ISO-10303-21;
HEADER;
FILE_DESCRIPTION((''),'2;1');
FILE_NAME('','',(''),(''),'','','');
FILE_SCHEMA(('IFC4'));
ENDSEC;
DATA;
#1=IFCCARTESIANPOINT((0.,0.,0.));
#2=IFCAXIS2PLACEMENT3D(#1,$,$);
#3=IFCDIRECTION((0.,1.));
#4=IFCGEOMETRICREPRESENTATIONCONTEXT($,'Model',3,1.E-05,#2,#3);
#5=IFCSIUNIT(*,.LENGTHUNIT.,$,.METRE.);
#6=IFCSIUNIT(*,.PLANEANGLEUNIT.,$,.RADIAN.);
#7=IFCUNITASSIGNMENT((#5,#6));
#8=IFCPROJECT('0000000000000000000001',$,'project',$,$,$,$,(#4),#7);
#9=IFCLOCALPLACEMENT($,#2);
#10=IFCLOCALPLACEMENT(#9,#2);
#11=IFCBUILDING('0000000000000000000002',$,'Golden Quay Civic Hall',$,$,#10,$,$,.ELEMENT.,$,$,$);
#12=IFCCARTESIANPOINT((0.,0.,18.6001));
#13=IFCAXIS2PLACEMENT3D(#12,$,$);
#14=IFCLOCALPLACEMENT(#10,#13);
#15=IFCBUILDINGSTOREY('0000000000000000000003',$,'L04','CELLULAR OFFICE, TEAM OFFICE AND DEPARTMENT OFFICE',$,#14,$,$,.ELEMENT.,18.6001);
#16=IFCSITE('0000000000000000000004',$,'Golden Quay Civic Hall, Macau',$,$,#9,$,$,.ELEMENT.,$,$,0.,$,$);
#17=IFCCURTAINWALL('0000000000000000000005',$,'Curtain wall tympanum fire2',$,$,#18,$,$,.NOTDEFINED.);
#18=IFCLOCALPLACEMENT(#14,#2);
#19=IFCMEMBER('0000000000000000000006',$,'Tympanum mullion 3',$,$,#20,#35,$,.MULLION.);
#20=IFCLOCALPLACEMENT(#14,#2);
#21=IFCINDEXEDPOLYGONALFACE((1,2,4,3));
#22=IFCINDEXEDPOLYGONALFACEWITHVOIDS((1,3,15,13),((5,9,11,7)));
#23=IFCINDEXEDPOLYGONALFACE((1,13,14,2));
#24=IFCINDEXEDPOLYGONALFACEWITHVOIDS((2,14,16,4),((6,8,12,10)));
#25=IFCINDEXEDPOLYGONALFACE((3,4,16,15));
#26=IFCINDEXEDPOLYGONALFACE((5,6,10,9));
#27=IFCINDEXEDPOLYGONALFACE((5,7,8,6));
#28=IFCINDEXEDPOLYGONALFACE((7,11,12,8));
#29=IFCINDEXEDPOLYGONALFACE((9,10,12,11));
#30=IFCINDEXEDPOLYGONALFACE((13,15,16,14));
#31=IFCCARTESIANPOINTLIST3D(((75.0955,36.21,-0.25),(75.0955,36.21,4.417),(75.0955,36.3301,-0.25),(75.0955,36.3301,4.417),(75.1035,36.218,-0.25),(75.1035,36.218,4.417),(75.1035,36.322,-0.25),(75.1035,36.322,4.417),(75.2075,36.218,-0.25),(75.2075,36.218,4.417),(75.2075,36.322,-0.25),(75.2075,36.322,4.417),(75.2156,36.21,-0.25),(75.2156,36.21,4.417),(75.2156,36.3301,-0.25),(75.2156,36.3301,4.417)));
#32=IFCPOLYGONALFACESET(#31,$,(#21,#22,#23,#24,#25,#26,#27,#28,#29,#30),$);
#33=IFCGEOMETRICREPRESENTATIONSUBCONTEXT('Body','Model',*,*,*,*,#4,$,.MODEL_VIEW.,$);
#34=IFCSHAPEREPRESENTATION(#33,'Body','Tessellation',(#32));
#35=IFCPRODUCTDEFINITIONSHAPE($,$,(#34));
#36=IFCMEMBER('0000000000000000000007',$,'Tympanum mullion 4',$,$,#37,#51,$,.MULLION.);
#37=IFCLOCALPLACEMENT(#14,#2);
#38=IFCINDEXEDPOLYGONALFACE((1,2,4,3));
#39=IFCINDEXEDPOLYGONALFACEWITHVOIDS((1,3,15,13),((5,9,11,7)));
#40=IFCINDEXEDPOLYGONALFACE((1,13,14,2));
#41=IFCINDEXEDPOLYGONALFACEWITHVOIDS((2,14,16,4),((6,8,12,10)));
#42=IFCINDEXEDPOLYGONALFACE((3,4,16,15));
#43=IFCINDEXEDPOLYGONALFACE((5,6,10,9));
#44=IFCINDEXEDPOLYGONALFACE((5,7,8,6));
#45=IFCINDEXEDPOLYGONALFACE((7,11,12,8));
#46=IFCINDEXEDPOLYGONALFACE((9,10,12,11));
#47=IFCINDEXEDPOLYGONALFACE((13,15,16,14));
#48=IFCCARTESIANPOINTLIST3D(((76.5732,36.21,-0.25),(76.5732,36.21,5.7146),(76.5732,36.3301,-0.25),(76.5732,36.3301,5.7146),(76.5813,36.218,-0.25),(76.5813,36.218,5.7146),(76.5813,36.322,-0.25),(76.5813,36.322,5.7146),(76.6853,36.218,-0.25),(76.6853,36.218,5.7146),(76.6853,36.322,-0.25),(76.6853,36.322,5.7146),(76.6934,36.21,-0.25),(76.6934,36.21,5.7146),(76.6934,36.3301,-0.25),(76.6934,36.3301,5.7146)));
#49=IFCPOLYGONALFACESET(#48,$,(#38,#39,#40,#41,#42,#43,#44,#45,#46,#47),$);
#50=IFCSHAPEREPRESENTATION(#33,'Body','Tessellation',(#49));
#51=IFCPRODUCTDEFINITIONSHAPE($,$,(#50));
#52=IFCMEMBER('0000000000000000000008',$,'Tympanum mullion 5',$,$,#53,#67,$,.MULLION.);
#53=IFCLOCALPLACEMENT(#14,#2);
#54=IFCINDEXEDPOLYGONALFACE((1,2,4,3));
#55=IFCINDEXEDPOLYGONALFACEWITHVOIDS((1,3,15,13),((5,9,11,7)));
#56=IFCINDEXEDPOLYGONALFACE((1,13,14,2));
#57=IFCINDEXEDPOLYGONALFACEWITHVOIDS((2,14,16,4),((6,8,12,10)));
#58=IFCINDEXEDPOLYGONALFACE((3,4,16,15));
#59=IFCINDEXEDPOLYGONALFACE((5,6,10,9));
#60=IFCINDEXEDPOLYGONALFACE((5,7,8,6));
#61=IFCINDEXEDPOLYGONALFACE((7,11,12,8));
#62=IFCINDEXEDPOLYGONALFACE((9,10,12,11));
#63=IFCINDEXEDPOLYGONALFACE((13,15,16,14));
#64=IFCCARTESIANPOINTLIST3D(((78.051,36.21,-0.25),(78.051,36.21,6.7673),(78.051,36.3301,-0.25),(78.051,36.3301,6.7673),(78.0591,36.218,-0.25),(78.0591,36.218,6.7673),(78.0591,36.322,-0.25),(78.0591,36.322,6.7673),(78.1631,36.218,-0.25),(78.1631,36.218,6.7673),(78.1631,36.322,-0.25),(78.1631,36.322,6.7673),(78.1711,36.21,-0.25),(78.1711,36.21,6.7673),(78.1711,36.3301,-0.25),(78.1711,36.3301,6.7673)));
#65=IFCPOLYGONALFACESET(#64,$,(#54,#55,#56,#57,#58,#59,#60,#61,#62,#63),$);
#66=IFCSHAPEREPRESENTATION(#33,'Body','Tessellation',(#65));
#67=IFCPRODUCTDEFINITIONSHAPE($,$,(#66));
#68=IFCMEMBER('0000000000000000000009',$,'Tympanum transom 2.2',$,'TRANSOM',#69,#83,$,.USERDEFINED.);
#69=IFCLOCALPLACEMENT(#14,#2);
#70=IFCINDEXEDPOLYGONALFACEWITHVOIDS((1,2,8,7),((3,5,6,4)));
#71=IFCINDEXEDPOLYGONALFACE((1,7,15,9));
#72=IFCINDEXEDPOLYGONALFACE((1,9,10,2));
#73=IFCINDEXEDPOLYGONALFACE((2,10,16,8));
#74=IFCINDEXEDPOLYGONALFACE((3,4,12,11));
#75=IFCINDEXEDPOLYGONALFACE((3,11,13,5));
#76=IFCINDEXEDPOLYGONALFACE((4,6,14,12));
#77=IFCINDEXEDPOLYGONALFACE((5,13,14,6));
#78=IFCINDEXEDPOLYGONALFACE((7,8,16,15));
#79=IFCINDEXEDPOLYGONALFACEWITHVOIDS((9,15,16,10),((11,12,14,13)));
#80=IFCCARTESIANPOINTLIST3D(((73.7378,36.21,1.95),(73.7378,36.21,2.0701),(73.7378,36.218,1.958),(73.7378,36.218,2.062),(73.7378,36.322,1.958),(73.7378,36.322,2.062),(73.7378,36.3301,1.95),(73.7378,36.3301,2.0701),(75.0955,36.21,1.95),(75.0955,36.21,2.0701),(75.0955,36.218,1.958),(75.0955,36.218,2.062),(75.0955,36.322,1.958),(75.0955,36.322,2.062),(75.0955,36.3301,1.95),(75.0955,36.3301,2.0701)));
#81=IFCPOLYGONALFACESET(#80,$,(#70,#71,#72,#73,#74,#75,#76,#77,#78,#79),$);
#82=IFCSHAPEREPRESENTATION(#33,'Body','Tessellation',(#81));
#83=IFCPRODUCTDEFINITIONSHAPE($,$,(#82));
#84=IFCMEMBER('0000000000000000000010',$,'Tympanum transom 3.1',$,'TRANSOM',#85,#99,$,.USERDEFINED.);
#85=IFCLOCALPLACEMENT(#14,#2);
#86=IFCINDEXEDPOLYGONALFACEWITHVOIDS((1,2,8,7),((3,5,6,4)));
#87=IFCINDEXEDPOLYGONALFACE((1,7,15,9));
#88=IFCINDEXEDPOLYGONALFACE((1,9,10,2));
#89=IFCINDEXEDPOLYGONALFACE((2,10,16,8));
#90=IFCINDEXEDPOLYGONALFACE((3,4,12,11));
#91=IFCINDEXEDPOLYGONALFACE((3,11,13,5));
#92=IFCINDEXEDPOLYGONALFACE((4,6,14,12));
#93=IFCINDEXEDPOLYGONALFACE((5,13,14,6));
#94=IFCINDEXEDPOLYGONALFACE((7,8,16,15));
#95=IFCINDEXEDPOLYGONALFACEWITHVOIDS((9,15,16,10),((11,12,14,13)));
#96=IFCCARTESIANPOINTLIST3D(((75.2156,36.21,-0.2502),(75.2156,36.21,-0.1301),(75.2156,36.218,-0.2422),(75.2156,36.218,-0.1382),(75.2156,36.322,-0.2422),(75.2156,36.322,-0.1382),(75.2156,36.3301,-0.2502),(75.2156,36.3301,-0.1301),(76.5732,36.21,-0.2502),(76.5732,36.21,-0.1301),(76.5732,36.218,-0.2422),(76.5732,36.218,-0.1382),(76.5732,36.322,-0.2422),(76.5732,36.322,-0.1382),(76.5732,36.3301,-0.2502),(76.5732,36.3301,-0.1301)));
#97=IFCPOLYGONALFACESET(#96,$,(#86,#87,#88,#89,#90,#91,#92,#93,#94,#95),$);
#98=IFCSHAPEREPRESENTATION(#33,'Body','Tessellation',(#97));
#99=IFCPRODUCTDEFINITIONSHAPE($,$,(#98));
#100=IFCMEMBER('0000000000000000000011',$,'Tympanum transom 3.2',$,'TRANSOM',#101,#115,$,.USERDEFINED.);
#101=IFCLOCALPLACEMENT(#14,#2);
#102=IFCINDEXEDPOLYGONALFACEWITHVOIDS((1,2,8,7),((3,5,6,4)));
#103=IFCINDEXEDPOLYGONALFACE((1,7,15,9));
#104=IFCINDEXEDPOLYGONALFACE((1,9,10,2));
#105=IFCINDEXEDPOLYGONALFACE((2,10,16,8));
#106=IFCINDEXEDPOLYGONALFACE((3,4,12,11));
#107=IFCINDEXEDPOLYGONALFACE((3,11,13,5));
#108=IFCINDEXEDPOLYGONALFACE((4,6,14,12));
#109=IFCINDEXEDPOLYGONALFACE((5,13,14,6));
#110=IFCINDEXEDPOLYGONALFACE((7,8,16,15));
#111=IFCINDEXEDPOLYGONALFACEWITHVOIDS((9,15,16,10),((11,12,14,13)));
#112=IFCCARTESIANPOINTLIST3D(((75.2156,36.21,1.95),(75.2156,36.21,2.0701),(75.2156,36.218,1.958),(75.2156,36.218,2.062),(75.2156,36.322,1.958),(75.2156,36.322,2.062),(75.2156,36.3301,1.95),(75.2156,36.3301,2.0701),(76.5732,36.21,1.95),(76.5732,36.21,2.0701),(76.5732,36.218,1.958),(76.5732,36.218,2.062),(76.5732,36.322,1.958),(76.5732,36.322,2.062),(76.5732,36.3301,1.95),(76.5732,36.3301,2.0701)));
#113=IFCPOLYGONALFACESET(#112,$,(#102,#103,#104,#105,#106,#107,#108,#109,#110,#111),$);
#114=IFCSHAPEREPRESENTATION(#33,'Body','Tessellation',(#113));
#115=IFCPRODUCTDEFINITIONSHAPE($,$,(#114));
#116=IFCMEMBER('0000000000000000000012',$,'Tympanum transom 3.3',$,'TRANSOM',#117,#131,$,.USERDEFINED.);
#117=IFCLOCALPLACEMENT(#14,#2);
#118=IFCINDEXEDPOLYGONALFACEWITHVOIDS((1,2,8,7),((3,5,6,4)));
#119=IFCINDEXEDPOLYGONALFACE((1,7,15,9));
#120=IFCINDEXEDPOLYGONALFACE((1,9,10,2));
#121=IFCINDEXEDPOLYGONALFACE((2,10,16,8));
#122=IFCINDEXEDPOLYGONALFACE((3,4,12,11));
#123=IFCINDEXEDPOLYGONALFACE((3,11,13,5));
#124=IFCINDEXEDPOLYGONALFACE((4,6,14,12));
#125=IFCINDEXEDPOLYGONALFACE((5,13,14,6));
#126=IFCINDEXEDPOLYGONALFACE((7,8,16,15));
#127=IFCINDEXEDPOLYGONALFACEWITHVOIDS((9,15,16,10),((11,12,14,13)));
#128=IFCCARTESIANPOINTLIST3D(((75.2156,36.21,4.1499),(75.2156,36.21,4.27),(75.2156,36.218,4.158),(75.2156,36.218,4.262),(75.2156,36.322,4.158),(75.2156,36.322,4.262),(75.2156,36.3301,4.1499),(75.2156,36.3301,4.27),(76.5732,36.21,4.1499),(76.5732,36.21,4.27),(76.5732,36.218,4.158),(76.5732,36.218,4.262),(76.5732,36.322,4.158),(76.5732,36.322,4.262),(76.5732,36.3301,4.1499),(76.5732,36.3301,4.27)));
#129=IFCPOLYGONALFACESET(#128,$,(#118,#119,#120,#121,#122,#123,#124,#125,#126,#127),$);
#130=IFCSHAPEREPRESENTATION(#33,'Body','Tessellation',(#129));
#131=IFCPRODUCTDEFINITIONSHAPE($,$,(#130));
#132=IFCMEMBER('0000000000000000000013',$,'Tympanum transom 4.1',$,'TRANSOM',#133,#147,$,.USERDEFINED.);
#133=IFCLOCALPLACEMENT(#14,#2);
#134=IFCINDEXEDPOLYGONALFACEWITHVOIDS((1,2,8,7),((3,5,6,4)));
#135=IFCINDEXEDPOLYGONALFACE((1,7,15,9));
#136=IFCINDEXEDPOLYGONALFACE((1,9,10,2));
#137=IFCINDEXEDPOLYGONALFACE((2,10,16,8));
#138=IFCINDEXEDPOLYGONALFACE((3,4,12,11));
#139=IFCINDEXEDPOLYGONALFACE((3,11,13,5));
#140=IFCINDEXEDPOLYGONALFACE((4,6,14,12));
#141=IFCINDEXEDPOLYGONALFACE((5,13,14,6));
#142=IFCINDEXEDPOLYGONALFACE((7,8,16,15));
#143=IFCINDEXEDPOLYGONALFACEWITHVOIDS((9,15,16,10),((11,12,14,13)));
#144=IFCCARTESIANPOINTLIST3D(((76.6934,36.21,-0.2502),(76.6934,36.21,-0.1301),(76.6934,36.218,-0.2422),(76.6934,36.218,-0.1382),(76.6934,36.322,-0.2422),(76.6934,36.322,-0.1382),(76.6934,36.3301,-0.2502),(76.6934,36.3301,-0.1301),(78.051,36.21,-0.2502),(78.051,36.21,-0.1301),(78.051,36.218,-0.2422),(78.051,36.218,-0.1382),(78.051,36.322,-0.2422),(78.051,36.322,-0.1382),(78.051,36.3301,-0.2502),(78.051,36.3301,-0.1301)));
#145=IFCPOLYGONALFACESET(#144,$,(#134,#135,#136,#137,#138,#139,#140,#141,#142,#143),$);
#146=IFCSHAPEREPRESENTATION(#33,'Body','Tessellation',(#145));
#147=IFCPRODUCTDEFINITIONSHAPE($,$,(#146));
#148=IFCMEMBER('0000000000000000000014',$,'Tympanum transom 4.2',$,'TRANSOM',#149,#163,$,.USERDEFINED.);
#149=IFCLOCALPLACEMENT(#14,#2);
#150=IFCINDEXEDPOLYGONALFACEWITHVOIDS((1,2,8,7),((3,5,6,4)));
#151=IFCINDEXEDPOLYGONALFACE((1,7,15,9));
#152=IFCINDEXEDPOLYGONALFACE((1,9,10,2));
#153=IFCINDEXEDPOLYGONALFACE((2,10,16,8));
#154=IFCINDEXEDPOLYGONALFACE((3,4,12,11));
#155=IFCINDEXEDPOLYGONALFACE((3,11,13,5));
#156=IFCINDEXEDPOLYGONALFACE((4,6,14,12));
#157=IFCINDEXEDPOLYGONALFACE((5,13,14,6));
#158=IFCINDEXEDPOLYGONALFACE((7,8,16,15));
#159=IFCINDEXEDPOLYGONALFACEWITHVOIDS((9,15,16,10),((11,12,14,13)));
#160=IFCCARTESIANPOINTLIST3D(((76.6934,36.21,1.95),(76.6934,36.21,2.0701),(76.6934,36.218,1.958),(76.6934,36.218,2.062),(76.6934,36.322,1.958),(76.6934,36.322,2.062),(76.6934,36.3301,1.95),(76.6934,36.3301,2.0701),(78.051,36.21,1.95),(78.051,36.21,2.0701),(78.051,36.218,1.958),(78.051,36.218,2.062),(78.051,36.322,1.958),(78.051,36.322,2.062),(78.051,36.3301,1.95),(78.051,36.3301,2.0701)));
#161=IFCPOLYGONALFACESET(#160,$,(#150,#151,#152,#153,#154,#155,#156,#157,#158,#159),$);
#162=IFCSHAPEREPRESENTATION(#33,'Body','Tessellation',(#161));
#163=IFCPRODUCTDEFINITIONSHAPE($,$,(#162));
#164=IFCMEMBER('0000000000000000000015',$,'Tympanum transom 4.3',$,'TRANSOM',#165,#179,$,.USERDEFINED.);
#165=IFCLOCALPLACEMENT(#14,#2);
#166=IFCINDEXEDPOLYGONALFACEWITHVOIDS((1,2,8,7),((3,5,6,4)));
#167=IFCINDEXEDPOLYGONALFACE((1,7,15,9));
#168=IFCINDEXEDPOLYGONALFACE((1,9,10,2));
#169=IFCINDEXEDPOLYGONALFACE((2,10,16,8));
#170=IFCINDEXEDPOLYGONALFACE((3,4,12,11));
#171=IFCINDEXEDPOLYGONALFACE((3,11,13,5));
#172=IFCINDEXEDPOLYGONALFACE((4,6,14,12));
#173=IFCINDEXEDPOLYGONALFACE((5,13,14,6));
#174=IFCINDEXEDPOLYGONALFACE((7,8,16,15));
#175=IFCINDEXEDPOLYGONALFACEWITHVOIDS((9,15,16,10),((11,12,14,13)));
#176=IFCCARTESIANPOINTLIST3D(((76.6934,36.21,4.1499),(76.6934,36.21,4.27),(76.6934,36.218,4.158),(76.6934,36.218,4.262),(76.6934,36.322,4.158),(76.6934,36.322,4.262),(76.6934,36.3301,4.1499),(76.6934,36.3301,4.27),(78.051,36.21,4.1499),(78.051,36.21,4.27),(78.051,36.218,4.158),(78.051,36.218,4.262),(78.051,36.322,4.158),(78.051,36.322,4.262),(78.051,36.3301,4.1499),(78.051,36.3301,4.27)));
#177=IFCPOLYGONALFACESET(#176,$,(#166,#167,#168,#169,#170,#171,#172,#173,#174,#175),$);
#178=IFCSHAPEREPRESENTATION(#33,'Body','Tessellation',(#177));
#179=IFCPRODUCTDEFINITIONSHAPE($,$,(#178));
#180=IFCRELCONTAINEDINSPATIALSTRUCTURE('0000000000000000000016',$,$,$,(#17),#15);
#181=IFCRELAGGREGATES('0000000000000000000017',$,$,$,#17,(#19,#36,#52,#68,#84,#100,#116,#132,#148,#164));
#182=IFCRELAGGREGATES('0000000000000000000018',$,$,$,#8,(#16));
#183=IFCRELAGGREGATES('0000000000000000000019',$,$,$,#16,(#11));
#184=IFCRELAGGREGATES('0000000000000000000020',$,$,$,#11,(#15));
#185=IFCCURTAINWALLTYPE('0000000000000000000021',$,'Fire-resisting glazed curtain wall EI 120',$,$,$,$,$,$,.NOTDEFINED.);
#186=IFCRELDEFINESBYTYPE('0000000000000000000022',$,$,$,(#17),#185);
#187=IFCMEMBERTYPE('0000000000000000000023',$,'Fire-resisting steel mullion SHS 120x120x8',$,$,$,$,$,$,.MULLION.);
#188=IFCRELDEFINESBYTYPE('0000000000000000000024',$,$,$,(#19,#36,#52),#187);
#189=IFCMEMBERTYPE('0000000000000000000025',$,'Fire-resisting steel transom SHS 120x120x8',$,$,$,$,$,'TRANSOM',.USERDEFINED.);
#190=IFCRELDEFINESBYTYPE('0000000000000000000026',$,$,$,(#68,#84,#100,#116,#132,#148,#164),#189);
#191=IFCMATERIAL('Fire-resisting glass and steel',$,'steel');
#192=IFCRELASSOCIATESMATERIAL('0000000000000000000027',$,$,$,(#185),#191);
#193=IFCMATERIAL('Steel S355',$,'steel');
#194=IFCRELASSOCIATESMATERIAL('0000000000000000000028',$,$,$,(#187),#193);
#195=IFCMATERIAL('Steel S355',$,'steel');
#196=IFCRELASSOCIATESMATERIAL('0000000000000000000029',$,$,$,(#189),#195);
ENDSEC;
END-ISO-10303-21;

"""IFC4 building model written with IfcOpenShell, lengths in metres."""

from ifc_helpers import new_model, si_unit, direction, frame, origin, origin_2d, place, context, subcontext, project, spatial, hollow_rectangle, extrude, material, material_profile, profile_set, type_object, element, aggregate, save


model = new_model("IFC4")

# Units and contexts
model_context = context("Model", 3, precision=1e-05, world=origin(), true_north=direction((0.0, 1.0)))
body_context = subcontext(model_context, "Body", "Model", "MODEL_VIEW")
ifc_project = project(units=[si_unit("LENGTHUNIT", "METRE"), si_unit("PLANEANGLEUNIT", "RADIAN")], contexts=[model_context])

# Site, building, storey
site_placement = place(None, origin())
site = spatial("IfcSite", under=ifc_project, at=site_placement, Name="Golden Quay Civic Hall, Macau", CompositionType="ELEMENT", RefElevation=0.0)
building_placement = place(site_placement, origin())
building = spatial("IfcBuilding", under=site, at=building_placement, Name="Golden Quay Civic Hall", CompositionType="ELEMENT")
storey_placement = place(building_placement, frame((0.0, 0.0, 18.6001)))
storey = spatial("IfcBuildingStorey", under=building, at=storey_placement, Name="L04", Description="CELLULAR OFFICE, TEAM OFFICE AND DEPARTMENT OFFICE", CompositionType="ELEMENT", Elevation=18.6001)

# Curtain wall, members
ifc_material_1 = material(Name="Fire-resisting glass and steel", Category="steel")
curtain_wall_type = type_object("IfcCurtainWallType", Name="Fire-resisting glazed curtain wall EI 120", PredefinedType="NOTDEFINED", material=ifc_material_1)
curtain_wall_placement = place(storey_placement, origin())
curtain_wall = element("IfcCurtainWall", 1, at=curtain_wall_placement, inside=storey, type_object=curtain_wall_type, Name="Curtain wall tympanum fire2", PredefinedType="NOTDEFINED")
ifc_material_2 = material(Name="Steel S355", Category="steel")
ifc_material_profile_1 = material_profile(ifc_material_2, hollow_rectangle(XDim=0.1201, YDim=0.1201, WallThickness=0.0081, at=origin_2d()), Name="SHS 120x120x8")
ifc_profile_set_1 = profile_set([ifc_material_profile_1], Name="Steel S355")
member_type_1 = type_object("IfcMemberType", Name="Fire-resisting steel mullion SHS 120x120x8", PredefinedType="MULLION", material=ifc_profile_set_1)
member_1_placement = place(storey_placement, frame((75.1555, 36.27, -0.25), z_axis=(0.0, 0.0, 1.0), x_axis=(0.0, 1.0, 0.0)))
member_1 = element("IfcMember", 2, at=member_1_placement, type_object=member_type_1, Name="Tympanum mullion 3", PredefinedType="MULLION", context=body_context, shape_type="SweptSolid", body=[
    extrude(hollow_rectangle(XDim=0.1201, YDim=0.1201, WallThickness=0.0081, at=origin_2d()), origin(), (0.0, 0.0, 1.0), 4.667),
])
member_2_placement = place(storey_placement, frame((76.6333, 36.27, -0.25), z_axis=(0.0, 0.0, 1.0), x_axis=(0.0, 1.0, 0.0)))
member_2 = element("IfcMember", 3, at=member_2_placement, type_object=member_type_1, Name="Tympanum mullion 4", PredefinedType="MULLION", context=body_context, shape_type="SweptSolid", body=[
    extrude(hollow_rectangle(XDim=0.1201, YDim=0.1201, WallThickness=0.0081, at=origin_2d()), origin(), (0.0, 0.0, 1.0), 5.9646),
])
member_3_placement = place(storey_placement, frame((78.1111, 36.27, -0.25), z_axis=(0.0, 0.0, 1.0), x_axis=(0.0, 1.0, 0.0)))
member_3 = element("IfcMember", 4, at=member_3_placement, type_object=member_type_1, Name="Tympanum mullion 5", PredefinedType="MULLION", context=body_context, shape_type="SweptSolid", body=[
    extrude(hollow_rectangle(XDim=0.1201, YDim=0.1201, WallThickness=0.0081, at=origin_2d()), origin(), (0.0, 0.0, 1.0), 7.0173),
])
ifc_material_3 = material(Name="Steel S355", Category="steel")
ifc_material_profile_2 = material_profile(ifc_material_3, hollow_rectangle(XDim=0.1201, YDim=0.1201, WallThickness=0.0081, at=origin_2d()), Name="SHS 120x120x8")
ifc_profile_set_2 = profile_set([ifc_material_profile_2], Name="Steel S355")
member_type_2 = type_object("IfcMemberType", Name="Fire-resisting steel transom SHS 120x120x8", ElementType="TRANSOM", PredefinedType="USERDEFINED", material=ifc_profile_set_2)
member_4_placement = place(storey_placement, frame((73.7378, 36.27, 2.01), z_axis=(1.0, 0.0, 0.0), x_axis=(0.0, 1.0, 0.0)))
member_4 = element("IfcMember", 5, at=member_4_placement, type_object=member_type_2, Name="Tympanum transom 2.2", ObjectType="TRANSOM", PredefinedType="USERDEFINED", context=body_context, shape_type="SweptSolid", body=[
    extrude(hollow_rectangle(XDim=0.1201, YDim=0.1201, WallThickness=0.0081, at=origin_2d()), origin(), (0.0, 0.0, 1.0), 1.3577),
])
member_5_placement = place(storey_placement, frame((75.2156, 36.27, -0.1902), z_axis=(1.0, 0.0, 0.0), x_axis=(0.0, 1.0, 0.0)))
member_5 = element("IfcMember", 6, at=member_5_placement, type_object=member_type_2, Name="Tympanum transom 3.1", ObjectType="TRANSOM", PredefinedType="USERDEFINED", context=body_context, shape_type="SweptSolid", body=[
    extrude(hollow_rectangle(XDim=0.1201, YDim=0.1201, WallThickness=0.0081, at=origin_2d()), origin(), (0.0, 0.0, 1.0), 1.3577),
])
member_6_placement = place(storey_placement, frame((75.2156, 36.27, 2.01), z_axis=(1.0, 0.0, 0.0), x_axis=(0.0, 1.0, 0.0)))
member_6 = element("IfcMember", 7, at=member_6_placement, type_object=member_type_2, Name="Tympanum transom 3.2", ObjectType="TRANSOM", PredefinedType="USERDEFINED", context=body_context, shape_type="SweptSolid", body=[
    extrude(hollow_rectangle(XDim=0.1201, YDim=0.1201, WallThickness=0.0081, at=origin_2d()), origin(), (0.0, 0.0, 1.0), 1.3577),
])
member_7_placement = place(storey_placement, frame((75.2156, 36.27, 4.21), z_axis=(1.0, 0.0, 0.0), x_axis=(0.0, 1.0, 0.0)))
member_7 = element("IfcMember", 8, at=member_7_placement, type_object=member_type_2, Name="Tympanum transom 3.3", ObjectType="TRANSOM", PredefinedType="USERDEFINED", context=body_context, shape_type="SweptSolid", body=[
    extrude(hollow_rectangle(XDim=0.1201, YDim=0.1201, WallThickness=0.0081, at=origin_2d()), origin(), (0.0, 0.0, 1.0), 1.3577),
])
member_8_placement = place(storey_placement, frame((76.6934, 36.27, -0.1902), z_axis=(1.0, 0.0, 0.0), x_axis=(0.0, 1.0, 0.0)))
member_8 = element("IfcMember", 9, at=member_8_placement, type_object=member_type_2, Name="Tympanum transom 4.1", ObjectType="TRANSOM", PredefinedType="USERDEFINED", context=body_context, shape_type="SweptSolid", body=[
    extrude(hollow_rectangle(XDim=0.1201, YDim=0.1201, WallThickness=0.0081, at=origin_2d()), origin(), (0.0, 0.0, 1.0), 1.3577),
])
member_9_placement = place(storey_placement, frame((76.6934, 36.27, 2.01), z_axis=(1.0, 0.0, 0.0), x_axis=(0.0, 1.0, 0.0)))
member_9 = element("IfcMember", 10, at=member_9_placement, type_object=member_type_2, Name="Tympanum transom 4.2", ObjectType="TRANSOM", PredefinedType="USERDEFINED", context=body_context, shape_type="SweptSolid", body=[
    extrude(hollow_rectangle(XDim=0.1201, YDim=0.1201, WallThickness=0.0081, at=origin_2d()), origin(), (0.0, 0.0, 1.0), 1.3577),
])
member_10_placement = place(storey_placement, frame((76.6934, 36.27, 4.21), z_axis=(1.0, 0.0, 0.0), x_axis=(0.0, 1.0, 0.0)))
member_10 = element("IfcMember", 11, at=member_10_placement, type_object=member_type_2, Name="Tympanum transom 4.3", ObjectType="TRANSOM", PredefinedType="USERDEFINED", context=body_context, shape_type="SweptSolid", body=[
    extrude(hollow_rectangle(XDim=0.1201, YDim=0.1201, WallThickness=0.0081, at=origin_2d()), origin(), (0.0, 0.0, 1.0), 1.3577),
])

aggregate(curtain_wall, [member_1, member_2, member_3, member_4, member_5, member_6, member_7, member_8, member_9, member_10])

save(model, "model.ifc")
